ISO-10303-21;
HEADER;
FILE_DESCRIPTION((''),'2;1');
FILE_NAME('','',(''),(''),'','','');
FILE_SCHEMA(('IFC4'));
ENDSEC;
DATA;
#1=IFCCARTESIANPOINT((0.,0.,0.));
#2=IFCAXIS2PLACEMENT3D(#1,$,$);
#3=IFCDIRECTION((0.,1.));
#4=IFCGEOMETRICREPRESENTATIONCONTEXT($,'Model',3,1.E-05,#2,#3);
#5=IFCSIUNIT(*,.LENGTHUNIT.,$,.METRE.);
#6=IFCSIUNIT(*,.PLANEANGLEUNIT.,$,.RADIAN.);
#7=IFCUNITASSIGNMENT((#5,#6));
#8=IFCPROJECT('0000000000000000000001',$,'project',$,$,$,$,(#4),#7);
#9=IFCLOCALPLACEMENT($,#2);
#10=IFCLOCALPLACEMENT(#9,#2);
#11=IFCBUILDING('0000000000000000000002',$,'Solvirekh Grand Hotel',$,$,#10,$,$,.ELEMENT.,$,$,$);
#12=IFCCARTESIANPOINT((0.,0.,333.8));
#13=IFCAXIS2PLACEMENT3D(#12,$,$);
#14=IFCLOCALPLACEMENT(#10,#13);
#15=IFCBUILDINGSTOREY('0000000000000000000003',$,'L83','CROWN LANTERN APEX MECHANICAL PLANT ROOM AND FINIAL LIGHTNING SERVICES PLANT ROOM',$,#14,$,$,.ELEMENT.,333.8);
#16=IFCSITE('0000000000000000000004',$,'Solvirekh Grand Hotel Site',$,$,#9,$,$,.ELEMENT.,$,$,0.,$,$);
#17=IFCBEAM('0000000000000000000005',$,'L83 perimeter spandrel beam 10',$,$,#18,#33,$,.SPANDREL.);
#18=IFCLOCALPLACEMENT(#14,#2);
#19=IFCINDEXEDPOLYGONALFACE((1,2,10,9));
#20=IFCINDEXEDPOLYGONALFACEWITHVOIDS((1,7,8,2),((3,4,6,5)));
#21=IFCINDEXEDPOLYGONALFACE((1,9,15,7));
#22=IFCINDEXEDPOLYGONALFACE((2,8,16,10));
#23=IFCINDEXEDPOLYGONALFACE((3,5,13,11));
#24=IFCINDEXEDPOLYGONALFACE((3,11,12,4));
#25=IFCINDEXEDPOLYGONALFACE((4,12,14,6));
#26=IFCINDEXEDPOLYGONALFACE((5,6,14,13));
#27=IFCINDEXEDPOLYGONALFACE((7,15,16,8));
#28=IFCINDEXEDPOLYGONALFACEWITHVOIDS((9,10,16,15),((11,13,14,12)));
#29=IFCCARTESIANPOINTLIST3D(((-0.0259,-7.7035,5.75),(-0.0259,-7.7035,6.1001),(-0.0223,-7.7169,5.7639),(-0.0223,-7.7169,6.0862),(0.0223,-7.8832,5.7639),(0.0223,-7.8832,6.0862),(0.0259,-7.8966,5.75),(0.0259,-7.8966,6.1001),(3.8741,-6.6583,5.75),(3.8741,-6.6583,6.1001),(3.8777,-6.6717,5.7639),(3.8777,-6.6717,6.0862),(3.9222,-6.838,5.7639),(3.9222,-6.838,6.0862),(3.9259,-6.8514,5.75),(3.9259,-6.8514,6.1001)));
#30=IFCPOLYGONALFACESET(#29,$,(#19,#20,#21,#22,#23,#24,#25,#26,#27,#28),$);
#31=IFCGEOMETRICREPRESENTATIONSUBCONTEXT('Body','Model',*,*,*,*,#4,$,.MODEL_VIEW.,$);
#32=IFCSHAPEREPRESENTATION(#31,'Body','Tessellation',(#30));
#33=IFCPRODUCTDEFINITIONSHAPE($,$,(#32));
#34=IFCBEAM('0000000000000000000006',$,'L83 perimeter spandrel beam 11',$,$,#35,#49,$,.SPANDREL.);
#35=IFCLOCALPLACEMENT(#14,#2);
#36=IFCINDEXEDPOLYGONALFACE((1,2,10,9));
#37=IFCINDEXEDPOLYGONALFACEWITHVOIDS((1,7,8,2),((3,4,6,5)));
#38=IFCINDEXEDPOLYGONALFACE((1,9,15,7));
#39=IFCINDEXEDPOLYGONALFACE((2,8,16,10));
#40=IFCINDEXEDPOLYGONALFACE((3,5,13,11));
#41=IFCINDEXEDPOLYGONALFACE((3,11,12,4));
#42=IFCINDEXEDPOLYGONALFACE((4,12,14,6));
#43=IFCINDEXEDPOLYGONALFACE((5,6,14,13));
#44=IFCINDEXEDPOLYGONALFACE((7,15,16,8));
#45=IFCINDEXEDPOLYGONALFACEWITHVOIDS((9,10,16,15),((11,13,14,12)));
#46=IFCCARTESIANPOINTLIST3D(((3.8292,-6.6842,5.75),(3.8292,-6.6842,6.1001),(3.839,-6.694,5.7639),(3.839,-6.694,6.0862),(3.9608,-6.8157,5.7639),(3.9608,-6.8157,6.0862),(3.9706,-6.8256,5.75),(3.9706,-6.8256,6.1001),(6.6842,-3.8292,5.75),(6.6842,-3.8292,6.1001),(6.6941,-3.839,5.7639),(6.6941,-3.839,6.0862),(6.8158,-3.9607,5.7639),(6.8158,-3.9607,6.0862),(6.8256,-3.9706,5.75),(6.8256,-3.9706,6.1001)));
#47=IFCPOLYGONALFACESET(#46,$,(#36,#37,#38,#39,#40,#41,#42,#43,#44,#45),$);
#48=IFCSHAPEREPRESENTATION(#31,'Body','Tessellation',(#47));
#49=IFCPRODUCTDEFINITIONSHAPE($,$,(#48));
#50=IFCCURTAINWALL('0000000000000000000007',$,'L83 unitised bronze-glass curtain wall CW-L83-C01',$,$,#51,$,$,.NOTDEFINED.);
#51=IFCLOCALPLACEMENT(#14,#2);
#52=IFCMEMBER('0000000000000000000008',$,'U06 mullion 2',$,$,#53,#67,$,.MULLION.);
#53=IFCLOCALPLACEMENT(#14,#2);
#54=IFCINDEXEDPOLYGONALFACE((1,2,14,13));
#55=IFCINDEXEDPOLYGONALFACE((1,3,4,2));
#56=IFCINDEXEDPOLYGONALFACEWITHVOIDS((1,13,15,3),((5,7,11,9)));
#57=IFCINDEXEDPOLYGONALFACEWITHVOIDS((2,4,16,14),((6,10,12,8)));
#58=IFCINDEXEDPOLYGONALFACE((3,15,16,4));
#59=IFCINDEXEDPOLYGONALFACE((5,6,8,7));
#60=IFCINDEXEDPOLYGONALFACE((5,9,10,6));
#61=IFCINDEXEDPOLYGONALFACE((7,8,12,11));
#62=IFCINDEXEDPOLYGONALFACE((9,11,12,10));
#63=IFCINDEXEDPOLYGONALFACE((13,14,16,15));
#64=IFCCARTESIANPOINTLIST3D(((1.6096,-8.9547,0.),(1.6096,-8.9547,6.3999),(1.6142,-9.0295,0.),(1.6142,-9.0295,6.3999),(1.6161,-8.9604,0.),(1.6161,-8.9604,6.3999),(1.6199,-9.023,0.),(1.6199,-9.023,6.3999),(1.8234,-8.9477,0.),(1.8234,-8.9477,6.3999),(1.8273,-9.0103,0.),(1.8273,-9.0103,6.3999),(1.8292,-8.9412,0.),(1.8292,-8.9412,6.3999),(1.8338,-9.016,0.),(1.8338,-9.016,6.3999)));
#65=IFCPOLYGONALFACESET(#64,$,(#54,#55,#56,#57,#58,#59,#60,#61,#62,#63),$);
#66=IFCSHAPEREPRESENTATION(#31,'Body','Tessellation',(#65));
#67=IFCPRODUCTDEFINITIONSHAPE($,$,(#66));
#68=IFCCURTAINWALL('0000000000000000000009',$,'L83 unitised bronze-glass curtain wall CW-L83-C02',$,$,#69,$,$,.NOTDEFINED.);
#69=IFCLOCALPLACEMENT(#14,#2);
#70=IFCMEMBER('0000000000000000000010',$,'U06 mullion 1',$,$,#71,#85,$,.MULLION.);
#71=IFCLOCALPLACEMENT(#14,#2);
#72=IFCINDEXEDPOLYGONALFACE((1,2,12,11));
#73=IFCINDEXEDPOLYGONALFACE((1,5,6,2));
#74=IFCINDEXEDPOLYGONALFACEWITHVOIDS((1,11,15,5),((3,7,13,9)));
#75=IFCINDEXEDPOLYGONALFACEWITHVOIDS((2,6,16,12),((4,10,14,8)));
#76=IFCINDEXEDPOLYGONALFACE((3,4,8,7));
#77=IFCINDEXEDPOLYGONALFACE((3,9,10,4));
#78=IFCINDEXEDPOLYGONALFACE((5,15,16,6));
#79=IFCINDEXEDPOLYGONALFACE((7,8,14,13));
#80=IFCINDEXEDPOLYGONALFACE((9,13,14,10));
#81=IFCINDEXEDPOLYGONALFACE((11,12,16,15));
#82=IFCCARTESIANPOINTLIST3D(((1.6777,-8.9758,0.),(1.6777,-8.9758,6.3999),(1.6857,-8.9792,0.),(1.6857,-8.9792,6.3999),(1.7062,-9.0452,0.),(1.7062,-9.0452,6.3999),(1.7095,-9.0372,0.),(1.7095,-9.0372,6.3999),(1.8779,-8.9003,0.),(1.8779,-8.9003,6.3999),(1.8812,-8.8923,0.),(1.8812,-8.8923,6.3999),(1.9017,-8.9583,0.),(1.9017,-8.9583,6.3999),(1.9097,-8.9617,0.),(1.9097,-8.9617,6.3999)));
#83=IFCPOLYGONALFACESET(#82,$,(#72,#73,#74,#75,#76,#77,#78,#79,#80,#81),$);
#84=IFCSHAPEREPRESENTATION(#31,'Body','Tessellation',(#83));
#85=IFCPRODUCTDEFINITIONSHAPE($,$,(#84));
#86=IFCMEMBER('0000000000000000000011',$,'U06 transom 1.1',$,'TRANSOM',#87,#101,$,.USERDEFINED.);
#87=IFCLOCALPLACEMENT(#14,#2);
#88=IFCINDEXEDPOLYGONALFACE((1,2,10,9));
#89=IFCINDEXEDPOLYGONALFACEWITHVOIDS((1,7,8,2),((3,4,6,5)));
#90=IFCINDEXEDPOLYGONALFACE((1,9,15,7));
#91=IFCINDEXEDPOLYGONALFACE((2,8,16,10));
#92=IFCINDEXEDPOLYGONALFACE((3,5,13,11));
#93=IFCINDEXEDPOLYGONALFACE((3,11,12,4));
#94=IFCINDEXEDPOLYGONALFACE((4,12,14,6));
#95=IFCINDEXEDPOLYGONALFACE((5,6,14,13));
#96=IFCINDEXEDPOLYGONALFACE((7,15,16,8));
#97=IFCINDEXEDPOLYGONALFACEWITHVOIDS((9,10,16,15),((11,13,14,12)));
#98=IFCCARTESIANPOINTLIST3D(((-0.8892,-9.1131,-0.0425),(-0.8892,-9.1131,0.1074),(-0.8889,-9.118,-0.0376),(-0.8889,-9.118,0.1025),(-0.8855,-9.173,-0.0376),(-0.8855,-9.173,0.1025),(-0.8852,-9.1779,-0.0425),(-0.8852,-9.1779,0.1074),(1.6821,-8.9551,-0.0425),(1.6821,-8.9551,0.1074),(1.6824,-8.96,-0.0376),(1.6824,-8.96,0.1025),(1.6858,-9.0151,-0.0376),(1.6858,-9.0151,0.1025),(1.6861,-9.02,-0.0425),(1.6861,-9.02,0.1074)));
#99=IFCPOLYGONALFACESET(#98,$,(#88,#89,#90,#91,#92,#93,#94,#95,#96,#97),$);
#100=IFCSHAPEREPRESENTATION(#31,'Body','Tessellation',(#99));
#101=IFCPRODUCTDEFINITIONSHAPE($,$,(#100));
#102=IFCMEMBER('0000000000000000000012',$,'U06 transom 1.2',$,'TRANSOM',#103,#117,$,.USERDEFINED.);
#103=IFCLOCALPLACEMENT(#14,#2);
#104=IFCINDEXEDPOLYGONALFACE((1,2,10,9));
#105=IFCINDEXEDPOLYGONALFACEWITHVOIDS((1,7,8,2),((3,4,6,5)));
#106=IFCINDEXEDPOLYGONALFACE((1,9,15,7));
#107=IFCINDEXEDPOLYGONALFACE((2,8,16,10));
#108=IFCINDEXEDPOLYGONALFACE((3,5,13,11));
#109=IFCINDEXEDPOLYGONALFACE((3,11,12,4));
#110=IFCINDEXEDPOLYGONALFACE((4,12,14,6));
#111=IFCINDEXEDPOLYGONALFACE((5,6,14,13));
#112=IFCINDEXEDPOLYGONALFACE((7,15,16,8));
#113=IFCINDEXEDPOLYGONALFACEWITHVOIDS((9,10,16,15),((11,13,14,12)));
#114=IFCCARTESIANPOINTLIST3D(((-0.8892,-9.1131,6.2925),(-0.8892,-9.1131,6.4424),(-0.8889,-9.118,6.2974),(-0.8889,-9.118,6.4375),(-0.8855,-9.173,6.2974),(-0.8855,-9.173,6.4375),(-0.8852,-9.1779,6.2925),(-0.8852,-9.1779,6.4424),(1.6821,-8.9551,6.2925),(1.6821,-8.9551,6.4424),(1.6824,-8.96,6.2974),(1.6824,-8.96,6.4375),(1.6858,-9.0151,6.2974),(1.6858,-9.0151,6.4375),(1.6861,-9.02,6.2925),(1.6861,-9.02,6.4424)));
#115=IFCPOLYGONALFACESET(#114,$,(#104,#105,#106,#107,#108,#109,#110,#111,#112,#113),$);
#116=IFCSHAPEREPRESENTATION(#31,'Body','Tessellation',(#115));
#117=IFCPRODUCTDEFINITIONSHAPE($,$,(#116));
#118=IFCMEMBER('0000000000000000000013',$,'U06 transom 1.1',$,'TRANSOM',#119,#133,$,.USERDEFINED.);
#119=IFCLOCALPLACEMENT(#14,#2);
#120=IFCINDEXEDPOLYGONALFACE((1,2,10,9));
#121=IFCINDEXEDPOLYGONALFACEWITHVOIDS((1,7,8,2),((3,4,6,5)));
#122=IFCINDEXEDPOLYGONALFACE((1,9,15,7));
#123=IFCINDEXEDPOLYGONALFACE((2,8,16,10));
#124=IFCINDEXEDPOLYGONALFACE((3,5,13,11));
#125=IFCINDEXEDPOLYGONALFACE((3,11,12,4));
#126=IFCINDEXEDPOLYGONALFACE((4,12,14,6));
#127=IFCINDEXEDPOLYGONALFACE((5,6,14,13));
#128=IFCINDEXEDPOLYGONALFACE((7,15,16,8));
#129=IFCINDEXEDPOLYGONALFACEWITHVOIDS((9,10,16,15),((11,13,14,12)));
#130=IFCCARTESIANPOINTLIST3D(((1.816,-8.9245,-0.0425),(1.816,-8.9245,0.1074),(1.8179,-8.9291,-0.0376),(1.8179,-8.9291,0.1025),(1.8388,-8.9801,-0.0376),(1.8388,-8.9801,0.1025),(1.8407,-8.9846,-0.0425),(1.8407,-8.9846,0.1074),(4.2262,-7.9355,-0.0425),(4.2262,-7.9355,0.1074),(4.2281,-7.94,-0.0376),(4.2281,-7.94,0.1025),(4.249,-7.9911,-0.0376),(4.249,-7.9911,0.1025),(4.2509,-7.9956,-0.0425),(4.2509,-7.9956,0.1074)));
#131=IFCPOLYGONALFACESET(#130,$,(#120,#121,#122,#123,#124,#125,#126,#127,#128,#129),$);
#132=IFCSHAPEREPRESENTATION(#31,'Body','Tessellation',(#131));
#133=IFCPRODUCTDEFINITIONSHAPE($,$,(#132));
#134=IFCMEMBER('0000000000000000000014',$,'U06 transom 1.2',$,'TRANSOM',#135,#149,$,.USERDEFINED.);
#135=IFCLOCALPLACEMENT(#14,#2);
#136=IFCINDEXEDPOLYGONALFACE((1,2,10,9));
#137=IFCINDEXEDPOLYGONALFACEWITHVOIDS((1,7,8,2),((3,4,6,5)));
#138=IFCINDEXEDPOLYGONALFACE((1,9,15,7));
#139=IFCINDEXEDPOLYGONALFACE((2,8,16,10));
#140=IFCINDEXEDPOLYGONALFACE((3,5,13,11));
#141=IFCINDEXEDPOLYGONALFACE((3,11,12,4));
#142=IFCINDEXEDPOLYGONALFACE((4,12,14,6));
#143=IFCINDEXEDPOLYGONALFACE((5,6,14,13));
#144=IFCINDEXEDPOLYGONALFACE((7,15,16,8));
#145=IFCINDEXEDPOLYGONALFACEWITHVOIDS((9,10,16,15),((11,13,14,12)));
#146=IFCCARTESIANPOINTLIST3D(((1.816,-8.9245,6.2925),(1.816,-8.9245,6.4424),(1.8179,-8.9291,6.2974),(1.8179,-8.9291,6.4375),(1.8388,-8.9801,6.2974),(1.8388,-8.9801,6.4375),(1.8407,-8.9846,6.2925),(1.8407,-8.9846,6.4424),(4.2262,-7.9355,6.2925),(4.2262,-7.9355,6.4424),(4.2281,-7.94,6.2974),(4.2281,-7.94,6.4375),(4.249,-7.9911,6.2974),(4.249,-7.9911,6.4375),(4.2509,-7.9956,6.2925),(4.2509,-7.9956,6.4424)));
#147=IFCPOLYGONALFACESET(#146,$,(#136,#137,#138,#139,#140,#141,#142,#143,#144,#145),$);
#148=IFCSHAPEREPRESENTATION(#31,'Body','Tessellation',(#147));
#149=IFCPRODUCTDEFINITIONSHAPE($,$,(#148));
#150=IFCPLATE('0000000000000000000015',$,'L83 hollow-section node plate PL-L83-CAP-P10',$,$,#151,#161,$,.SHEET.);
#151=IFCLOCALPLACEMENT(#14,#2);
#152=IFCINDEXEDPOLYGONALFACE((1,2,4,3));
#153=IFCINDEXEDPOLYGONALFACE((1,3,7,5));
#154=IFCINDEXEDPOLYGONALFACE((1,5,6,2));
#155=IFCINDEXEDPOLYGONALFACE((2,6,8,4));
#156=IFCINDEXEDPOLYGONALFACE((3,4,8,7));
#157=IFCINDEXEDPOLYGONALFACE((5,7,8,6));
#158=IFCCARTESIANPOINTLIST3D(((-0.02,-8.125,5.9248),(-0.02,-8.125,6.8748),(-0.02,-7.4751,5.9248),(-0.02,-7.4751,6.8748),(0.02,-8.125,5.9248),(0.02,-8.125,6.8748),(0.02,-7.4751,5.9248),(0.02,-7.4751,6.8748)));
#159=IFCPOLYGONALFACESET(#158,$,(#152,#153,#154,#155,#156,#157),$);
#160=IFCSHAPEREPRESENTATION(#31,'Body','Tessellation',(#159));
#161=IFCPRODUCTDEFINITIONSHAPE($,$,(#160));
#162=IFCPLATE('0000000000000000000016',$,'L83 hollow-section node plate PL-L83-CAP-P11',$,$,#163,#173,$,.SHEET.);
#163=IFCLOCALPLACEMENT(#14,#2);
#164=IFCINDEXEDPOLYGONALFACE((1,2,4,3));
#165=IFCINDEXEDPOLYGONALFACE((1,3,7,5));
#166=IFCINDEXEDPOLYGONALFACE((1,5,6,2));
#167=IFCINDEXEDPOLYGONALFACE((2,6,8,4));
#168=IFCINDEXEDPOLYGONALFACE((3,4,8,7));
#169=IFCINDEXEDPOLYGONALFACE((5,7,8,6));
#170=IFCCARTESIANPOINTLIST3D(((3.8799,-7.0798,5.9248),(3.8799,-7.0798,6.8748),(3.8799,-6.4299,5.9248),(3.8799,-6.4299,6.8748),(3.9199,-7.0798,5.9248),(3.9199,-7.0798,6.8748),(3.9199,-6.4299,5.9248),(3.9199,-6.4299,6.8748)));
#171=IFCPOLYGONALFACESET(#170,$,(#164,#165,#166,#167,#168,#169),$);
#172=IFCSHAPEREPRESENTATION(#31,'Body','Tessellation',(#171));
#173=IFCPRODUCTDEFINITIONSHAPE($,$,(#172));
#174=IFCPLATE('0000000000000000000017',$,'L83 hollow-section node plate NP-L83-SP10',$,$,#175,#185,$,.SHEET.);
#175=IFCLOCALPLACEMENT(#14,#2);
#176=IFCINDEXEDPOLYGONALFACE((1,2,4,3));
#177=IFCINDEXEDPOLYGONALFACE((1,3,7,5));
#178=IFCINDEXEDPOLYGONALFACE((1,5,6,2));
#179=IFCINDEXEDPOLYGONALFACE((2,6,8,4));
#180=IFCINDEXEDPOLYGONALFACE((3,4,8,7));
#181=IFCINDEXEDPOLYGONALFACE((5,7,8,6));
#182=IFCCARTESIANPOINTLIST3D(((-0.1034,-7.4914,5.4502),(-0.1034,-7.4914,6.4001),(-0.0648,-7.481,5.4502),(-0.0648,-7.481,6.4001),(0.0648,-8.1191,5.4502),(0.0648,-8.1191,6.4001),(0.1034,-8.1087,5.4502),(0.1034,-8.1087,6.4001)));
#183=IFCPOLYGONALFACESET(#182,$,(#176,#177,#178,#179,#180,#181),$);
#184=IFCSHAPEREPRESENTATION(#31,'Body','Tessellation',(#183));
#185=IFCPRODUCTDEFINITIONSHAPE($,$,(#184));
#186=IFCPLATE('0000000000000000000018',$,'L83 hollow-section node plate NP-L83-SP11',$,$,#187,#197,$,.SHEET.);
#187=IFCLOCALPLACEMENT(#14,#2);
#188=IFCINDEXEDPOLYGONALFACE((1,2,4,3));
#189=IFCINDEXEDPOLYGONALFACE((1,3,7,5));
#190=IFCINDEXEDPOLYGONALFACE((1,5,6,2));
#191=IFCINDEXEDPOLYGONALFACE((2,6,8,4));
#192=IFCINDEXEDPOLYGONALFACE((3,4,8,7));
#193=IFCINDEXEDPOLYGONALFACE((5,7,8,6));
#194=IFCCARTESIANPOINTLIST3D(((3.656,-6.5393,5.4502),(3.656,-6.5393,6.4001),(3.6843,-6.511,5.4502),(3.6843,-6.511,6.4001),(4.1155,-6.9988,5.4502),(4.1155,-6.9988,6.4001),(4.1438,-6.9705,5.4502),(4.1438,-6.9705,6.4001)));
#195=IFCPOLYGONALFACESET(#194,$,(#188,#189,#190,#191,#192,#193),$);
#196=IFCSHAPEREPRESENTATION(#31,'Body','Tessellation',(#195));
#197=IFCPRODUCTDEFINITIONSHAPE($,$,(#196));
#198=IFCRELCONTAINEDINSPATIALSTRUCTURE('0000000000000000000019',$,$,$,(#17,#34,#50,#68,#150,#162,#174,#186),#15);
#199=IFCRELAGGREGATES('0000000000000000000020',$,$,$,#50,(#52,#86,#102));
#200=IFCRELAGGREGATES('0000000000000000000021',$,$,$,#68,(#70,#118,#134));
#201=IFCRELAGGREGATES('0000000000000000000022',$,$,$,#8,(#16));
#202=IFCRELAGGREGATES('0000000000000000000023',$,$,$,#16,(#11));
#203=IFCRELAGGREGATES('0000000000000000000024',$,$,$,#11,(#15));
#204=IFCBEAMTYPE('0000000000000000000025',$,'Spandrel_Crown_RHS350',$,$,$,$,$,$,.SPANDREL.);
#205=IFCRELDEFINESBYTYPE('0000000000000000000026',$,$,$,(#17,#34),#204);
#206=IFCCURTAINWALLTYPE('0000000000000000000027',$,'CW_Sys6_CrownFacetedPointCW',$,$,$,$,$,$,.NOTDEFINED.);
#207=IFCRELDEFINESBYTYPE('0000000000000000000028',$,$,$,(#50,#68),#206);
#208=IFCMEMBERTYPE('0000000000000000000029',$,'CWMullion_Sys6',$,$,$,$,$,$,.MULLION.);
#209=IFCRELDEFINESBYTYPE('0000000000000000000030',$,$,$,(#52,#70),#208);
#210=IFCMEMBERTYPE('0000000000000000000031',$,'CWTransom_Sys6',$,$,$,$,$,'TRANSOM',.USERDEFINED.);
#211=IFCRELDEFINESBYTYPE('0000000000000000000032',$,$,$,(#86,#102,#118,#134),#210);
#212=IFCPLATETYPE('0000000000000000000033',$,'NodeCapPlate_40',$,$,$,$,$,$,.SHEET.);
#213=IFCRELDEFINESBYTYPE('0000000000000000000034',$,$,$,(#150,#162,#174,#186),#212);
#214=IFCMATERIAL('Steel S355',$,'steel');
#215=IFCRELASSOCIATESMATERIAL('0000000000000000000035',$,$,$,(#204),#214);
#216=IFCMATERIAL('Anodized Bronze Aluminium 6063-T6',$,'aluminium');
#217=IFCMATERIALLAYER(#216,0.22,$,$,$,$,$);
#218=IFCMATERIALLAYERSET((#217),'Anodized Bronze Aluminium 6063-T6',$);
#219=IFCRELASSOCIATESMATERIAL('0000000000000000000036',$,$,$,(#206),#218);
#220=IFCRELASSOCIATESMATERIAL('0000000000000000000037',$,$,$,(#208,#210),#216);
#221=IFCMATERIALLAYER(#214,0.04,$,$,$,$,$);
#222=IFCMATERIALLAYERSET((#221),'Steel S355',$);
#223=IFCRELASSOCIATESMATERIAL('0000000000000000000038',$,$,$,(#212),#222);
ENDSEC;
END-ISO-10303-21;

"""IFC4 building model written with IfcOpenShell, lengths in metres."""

from ifc_helpers import new_model, si_unit, direction, frame, origin, origin_2d, place, context, subcontext, project, spatial, rectangle, hollow_rectangle, extrude, source, transform, mapped, material, layer, layer_set, material_profile, profile_set, type_object, element, aggregate, save


model = new_model("IFC4")

# Units and contexts
model_context = context("Model", 3, precision=1e-05, world=origin(), true_north=direction((0.0, 1.0)))
body_context = subcontext(model_context, "Body", "Model", "MODEL_VIEW")
ifc_project = project(units=[si_unit("LENGTHUNIT", "METRE"), si_unit("PLANEANGLEUNIT", "RADIAN")], contexts=[model_context])

# Site, building, storey
site_placement = place(None, origin())
site = spatial("IfcSite", under=ifc_project, at=site_placement, Name="Solvirekh Grand Hotel Site", CompositionType="ELEMENT", RefElevation=0.0)
building_placement = place(site_placement, origin())
building = spatial("IfcBuilding", under=site, at=building_placement, Name="Solvirekh Grand Hotel", CompositionType="ELEMENT")
storey_placement = place(building_placement, frame((0.0, 0.0, 333.8)))
storey = spatial("IfcBuildingStorey", under=building, at=storey_placement, Name="L83", Description="CROWN LANTERN APEX MECHANICAL PLANT ROOM AND FINIAL LIGHTNING SERVICES PLANT ROOM", CompositionType="ELEMENT", Elevation=333.8)

# Shared definitions
ifc_material_1 = material(Name="Steel S355", Category="steel")

# Beams
ifc_material_profile_1 = material_profile(ifc_material_1, hollow_rectangle(XDim=0.2, YDim=0.3501, WallThickness=0.0139, at=origin_2d()), Name="RHS 350X200X14")
ifc_profile_set_1 = profile_set([ifc_material_profile_1], Name="Steel S355")
beam_type_1 = type_object("IfcBeamType", Name="Spandrel_Crown_RHS350", PredefinedType="SPANDREL", material=ifc_profile_set_1)
for number, where, z_axis, x_axis, name in (
    (1, (0.0, -7.8, 5.925), (0.965914, 0.258863, 0.0), (-0.258863, 0.965914, 0.0), "L83 perimeter spandrel beam 10"),
    (2, (3.8999, -6.7549, 5.925), (0.707107, 0.707107, 0.0), (-0.707107, 0.707107, 0.0), "L83 perimeter spandrel beam 11"),
):
    element("IfcBeam", number, at=place(storey_placement, frame(where, z_axis=z_axis, x_axis=x_axis)), inside=storey, type_object=beam_type_1, Name=name, PredefinedType="SPANDREL", context=body_context, shape_type="SweptSolid", body=[
        extrude(hollow_rectangle(XDim=0.2, YDim=0.3501, WallThickness=0.0139, at=origin_2d()), origin(), (0.0, 0.0, 1.0), 4.0376),
    ])

# Curtain walls, members
ifc_material_2 = material(Name="Anodized Bronze Aluminium 6063-T6", Category="aluminium")
ifc_layer_1 = layer(ifc_material_2, 0.22)
ifc_layer_set_1 = layer_set([ifc_layer_1], Name="Anodized Bronze Aluminium 6063-T6")
curtain_wall_type = type_object("IfcCurtainWallType", Name="CW_Sys6_CrownFacetedPointCW", PredefinedType="NOTDEFINED", material=ifc_layer_set_1)
curtain_wall_1_placement = place(storey_placement, origin())
curtain_wall_1 = element("IfcCurtainWall", 3, at=curtain_wall_1_placement, inside=storey, type_object=curtain_wall_type, Name="L83 unitised bronze-glass curtain wall CW-L83-C01", PredefinedType="NOTDEFINED")
ifc_material_profile_2 = material_profile(ifc_material_2, hollow_rectangle(XDim=0.075, YDim=0.22, WallThickness=0.0061, at=origin_2d()), Name="ALU RHS 220X75X6")
ifc_profile_set_2 = profile_set([ifc_material_profile_2], Name="Anodized Bronze Aluminium 6063-T6")
member_type_1 = type_object("IfcMemberType", Name="CWMullion_Sys6", PredefinedType="MULLION", material=ifc_profile_set_2)
shared_shape_1 = source(origin(), body_context, "Body", "SweptSolid", [
    extrude(hollow_rectangle(XDim=0.075, YDim=0.22, WallThickness=0.0061, at=origin_2d()), origin(), (0.0, 0.0, 1.0), 6.3999),
])
member_1_placement = place(storey_placement, frame((1.7217, -8.9854, 0.0), z_axis=(0.0, 0.0, 1.0), x_axis=(-0.061259, 0.998122, 0.0)))
member_1 = element("IfcMember", 4, at=member_1_placement, type_object=member_type_1, Name="U06 mullion 2", PredefinedType="MULLION", context=body_context, shape_type="MappedRepresentation", body=[
    mapped(shared_shape_1, transform((0.0, 0.0, 0.0), x_axis=(1.0, 0.0, 0.0), y_axis=(0.0, 1.0, 0.0), z_axis=(0.0, 0.0, 1.0), scale=1.0)),
])
curtain_wall_2_placement = place(storey_placement, origin())
curtain_wall_2 = element("IfcCurtainWall", 5, at=curtain_wall_2_placement, inside=storey, type_object=curtain_wall_type, Name="L83 unitised bronze-glass curtain wall CW-L83-C02", PredefinedType="NOTDEFINED")
member_2_placement = place(storey_placement, frame((1.7937, -8.9688, 0.0), z_axis=(0.0, 0.0, 1.0), x_axis=(-0.379636, 0.925136, 0.0)))
member_2 = element("IfcMember", 6, at=member_2_placement, type_object=member_type_1, Name="U06 mullion 1", PredefinedType="MULLION", context=body_context, shape_type="MappedRepresentation", body=[
    mapped(shared_shape_1, transform((0.0, 0.0, 0.0), x_axis=(1.0, 0.0, 0.0), y_axis=(0.0, 1.0, 0.0), z_axis=(0.0, 0.0, 1.0), scale=1.0)),
])

# Members
ifc_material_profile_3 = material_profile(ifc_material_2, hollow_rectangle(XDim=0.0649, YDim=0.1499, WallThickness=0.0049, at=origin_2d()), Name="ALU RHS 150X65X5")
ifc_profile_set_3 = profile_set([ifc_material_profile_3], Name="Anodized Bronze Aluminium 6063-T6")
member_type_2 = type_object("IfcMemberType", Name="CWTransom_Sys6", ElementType="TRANSOM", PredefinedType="USERDEFINED", material=ifc_profile_set_3)
shared_shape_2 = source(origin(), body_context, "Body", "SweptSolid", [
    extrude(hollow_rectangle(XDim=0.0649, YDim=0.1499, WallThickness=0.0049, at=origin_2d()), origin(), (0.0, 0.0, 1.0), 2.5762),
])
member_3_placement = place(storey_placement, frame((-0.8872, -9.1455, 0.0325), z_axis=(0.998118, 0.061316, 0.0), x_axis=(-0.061316, 0.998118, 0.0)))
member_3 = element("IfcMember", 7, at=member_3_placement, type_object=member_type_2, Name="U06 transom 1.1", ObjectType="TRANSOM", PredefinedType="USERDEFINED", context=body_context, shape_type="MappedRepresentation", body=[
    mapped(shared_shape_2, transform((0.0, 0.0, 0.0), x_axis=(1.0, 0.0, 0.0), y_axis=(0.0, 1.0, 0.0), z_axis=(0.0, 0.0, 1.0), scale=1.0)),
])
member_4_placement = place(storey_placement, frame((-0.8872, -9.1455, 6.3674), z_axis=(0.998118, 0.061316, 0.0), x_axis=(-0.061316, 0.998118, 0.0)))
member_4 = element("IfcMember", 8, at=member_4_placement, type_object=member_type_2, Name="U06 transom 1.2", ObjectType="TRANSOM", PredefinedType="USERDEFINED", context=body_context, shape_type="MappedRepresentation", body=[
    mapped(shared_shape_2, transform((0.0, 0.0, 0.0), x_axis=(1.0, 0.0, 0.0), y_axis=(0.0, 1.0, 0.0), z_axis=(0.0, 0.0, 1.0), scale=1.0)),
])
shared_shape_3 = source(origin(), body_context, "Body", "SweptSolid", [
    extrude(hollow_rectangle(XDim=0.0649, YDim=0.1499, WallThickness=0.0049, at=origin_2d()), origin(), (0.0, 0.0, 1.0), 2.6052),
])
member_5_placement = place(storey_placement, frame((1.8284, -8.9546, 0.0325), z_axis=(0.925137, 0.379632, 0.0), x_axis=(-0.379632, 0.925137, 0.0)))
member_5 = element("IfcMember", 9, at=member_5_placement, type_object=member_type_2, Name="U06 transom 1.1", ObjectType="TRANSOM", PredefinedType="USERDEFINED", context=body_context, shape_type="MappedRepresentation", body=[
    mapped(shared_shape_3, transform((0.0, 0.0, 0.0), x_axis=(1.0, 0.0, 0.0), y_axis=(0.0, 1.0, 0.0), z_axis=(0.0, 0.0, 1.0), scale=1.0)),
])
member_6_placement = place(storey_placement, frame((1.8284, -8.9546, 6.3674), z_axis=(0.925137, 0.379632, 0.0), x_axis=(-0.379632, 0.925137, 0.0)))
member_6 = element("IfcMember", 10, at=member_6_placement, type_object=member_type_2, Name="U06 transom 1.2", ObjectType="TRANSOM", PredefinedType="USERDEFINED", context=body_context, shape_type="MappedRepresentation", body=[
    mapped(shared_shape_3, transform((0.0, 0.0, 0.0), x_axis=(1.0, 0.0, 0.0), y_axis=(0.0, 1.0, 0.0), z_axis=(0.0, 0.0, 1.0), scale=1.0)),
])

# Plates
ifc_layer_2 = layer(ifc_material_1, 0.04)
ifc_layer_set_2 = layer_set([ifc_layer_2], Name="Steel S355")
plate_type_1 = type_object("IfcPlateType", Name="NodeCapPlate_40", PredefinedType="SHEET", material=ifc_layer_set_2)
for number, where, z_axis, x_axis, name in (
    (11, (0.0, -7.8, 5.9248), (0.0, 0.0, 1.0), (1.0, 0.0, 0.0), "L83 hollow-section node plate PL-L83-CAP-P10"),
    (12, (3.8999, -6.7549, 5.9248), (0.0, 0.0, 1.0), (1.0, 0.0, 0.0), "L83 hollow-section node plate PL-L83-CAP-P11"),
    (13, (0.0, -7.8, 5.4502), (0.0, 0.0, 1.0), (0.965926, 0.258819, 0.0), "L83 hollow-section node plate NP-L83-SP10"),
    (14, (3.8999, -6.7549, 5.4502), (0.0, 0.0, 1.0), (0.707107, 0.707107, 0.0), "L83 hollow-section node plate NP-L83-SP11"),
):
    element("IfcPlate", number, at=place(storey_placement, frame(where, z_axis=z_axis, x_axis=x_axis)), inside=storey, type_object=plate_type_1, Name=name, PredefinedType="SHEET", context=body_context, shape_type="SweptSolid", body=[
        extrude(rectangle(XDim=0.04, YDim=0.6499, at=origin_2d()), origin(), (0.0, 0.0, 1.0), 0.95),
    ])

aggregate(curtain_wall_1, [member_1, member_3, member_4])
aggregate(curtain_wall_2, [member_2, member_5, member_6])

save(model, "model.ifc")
